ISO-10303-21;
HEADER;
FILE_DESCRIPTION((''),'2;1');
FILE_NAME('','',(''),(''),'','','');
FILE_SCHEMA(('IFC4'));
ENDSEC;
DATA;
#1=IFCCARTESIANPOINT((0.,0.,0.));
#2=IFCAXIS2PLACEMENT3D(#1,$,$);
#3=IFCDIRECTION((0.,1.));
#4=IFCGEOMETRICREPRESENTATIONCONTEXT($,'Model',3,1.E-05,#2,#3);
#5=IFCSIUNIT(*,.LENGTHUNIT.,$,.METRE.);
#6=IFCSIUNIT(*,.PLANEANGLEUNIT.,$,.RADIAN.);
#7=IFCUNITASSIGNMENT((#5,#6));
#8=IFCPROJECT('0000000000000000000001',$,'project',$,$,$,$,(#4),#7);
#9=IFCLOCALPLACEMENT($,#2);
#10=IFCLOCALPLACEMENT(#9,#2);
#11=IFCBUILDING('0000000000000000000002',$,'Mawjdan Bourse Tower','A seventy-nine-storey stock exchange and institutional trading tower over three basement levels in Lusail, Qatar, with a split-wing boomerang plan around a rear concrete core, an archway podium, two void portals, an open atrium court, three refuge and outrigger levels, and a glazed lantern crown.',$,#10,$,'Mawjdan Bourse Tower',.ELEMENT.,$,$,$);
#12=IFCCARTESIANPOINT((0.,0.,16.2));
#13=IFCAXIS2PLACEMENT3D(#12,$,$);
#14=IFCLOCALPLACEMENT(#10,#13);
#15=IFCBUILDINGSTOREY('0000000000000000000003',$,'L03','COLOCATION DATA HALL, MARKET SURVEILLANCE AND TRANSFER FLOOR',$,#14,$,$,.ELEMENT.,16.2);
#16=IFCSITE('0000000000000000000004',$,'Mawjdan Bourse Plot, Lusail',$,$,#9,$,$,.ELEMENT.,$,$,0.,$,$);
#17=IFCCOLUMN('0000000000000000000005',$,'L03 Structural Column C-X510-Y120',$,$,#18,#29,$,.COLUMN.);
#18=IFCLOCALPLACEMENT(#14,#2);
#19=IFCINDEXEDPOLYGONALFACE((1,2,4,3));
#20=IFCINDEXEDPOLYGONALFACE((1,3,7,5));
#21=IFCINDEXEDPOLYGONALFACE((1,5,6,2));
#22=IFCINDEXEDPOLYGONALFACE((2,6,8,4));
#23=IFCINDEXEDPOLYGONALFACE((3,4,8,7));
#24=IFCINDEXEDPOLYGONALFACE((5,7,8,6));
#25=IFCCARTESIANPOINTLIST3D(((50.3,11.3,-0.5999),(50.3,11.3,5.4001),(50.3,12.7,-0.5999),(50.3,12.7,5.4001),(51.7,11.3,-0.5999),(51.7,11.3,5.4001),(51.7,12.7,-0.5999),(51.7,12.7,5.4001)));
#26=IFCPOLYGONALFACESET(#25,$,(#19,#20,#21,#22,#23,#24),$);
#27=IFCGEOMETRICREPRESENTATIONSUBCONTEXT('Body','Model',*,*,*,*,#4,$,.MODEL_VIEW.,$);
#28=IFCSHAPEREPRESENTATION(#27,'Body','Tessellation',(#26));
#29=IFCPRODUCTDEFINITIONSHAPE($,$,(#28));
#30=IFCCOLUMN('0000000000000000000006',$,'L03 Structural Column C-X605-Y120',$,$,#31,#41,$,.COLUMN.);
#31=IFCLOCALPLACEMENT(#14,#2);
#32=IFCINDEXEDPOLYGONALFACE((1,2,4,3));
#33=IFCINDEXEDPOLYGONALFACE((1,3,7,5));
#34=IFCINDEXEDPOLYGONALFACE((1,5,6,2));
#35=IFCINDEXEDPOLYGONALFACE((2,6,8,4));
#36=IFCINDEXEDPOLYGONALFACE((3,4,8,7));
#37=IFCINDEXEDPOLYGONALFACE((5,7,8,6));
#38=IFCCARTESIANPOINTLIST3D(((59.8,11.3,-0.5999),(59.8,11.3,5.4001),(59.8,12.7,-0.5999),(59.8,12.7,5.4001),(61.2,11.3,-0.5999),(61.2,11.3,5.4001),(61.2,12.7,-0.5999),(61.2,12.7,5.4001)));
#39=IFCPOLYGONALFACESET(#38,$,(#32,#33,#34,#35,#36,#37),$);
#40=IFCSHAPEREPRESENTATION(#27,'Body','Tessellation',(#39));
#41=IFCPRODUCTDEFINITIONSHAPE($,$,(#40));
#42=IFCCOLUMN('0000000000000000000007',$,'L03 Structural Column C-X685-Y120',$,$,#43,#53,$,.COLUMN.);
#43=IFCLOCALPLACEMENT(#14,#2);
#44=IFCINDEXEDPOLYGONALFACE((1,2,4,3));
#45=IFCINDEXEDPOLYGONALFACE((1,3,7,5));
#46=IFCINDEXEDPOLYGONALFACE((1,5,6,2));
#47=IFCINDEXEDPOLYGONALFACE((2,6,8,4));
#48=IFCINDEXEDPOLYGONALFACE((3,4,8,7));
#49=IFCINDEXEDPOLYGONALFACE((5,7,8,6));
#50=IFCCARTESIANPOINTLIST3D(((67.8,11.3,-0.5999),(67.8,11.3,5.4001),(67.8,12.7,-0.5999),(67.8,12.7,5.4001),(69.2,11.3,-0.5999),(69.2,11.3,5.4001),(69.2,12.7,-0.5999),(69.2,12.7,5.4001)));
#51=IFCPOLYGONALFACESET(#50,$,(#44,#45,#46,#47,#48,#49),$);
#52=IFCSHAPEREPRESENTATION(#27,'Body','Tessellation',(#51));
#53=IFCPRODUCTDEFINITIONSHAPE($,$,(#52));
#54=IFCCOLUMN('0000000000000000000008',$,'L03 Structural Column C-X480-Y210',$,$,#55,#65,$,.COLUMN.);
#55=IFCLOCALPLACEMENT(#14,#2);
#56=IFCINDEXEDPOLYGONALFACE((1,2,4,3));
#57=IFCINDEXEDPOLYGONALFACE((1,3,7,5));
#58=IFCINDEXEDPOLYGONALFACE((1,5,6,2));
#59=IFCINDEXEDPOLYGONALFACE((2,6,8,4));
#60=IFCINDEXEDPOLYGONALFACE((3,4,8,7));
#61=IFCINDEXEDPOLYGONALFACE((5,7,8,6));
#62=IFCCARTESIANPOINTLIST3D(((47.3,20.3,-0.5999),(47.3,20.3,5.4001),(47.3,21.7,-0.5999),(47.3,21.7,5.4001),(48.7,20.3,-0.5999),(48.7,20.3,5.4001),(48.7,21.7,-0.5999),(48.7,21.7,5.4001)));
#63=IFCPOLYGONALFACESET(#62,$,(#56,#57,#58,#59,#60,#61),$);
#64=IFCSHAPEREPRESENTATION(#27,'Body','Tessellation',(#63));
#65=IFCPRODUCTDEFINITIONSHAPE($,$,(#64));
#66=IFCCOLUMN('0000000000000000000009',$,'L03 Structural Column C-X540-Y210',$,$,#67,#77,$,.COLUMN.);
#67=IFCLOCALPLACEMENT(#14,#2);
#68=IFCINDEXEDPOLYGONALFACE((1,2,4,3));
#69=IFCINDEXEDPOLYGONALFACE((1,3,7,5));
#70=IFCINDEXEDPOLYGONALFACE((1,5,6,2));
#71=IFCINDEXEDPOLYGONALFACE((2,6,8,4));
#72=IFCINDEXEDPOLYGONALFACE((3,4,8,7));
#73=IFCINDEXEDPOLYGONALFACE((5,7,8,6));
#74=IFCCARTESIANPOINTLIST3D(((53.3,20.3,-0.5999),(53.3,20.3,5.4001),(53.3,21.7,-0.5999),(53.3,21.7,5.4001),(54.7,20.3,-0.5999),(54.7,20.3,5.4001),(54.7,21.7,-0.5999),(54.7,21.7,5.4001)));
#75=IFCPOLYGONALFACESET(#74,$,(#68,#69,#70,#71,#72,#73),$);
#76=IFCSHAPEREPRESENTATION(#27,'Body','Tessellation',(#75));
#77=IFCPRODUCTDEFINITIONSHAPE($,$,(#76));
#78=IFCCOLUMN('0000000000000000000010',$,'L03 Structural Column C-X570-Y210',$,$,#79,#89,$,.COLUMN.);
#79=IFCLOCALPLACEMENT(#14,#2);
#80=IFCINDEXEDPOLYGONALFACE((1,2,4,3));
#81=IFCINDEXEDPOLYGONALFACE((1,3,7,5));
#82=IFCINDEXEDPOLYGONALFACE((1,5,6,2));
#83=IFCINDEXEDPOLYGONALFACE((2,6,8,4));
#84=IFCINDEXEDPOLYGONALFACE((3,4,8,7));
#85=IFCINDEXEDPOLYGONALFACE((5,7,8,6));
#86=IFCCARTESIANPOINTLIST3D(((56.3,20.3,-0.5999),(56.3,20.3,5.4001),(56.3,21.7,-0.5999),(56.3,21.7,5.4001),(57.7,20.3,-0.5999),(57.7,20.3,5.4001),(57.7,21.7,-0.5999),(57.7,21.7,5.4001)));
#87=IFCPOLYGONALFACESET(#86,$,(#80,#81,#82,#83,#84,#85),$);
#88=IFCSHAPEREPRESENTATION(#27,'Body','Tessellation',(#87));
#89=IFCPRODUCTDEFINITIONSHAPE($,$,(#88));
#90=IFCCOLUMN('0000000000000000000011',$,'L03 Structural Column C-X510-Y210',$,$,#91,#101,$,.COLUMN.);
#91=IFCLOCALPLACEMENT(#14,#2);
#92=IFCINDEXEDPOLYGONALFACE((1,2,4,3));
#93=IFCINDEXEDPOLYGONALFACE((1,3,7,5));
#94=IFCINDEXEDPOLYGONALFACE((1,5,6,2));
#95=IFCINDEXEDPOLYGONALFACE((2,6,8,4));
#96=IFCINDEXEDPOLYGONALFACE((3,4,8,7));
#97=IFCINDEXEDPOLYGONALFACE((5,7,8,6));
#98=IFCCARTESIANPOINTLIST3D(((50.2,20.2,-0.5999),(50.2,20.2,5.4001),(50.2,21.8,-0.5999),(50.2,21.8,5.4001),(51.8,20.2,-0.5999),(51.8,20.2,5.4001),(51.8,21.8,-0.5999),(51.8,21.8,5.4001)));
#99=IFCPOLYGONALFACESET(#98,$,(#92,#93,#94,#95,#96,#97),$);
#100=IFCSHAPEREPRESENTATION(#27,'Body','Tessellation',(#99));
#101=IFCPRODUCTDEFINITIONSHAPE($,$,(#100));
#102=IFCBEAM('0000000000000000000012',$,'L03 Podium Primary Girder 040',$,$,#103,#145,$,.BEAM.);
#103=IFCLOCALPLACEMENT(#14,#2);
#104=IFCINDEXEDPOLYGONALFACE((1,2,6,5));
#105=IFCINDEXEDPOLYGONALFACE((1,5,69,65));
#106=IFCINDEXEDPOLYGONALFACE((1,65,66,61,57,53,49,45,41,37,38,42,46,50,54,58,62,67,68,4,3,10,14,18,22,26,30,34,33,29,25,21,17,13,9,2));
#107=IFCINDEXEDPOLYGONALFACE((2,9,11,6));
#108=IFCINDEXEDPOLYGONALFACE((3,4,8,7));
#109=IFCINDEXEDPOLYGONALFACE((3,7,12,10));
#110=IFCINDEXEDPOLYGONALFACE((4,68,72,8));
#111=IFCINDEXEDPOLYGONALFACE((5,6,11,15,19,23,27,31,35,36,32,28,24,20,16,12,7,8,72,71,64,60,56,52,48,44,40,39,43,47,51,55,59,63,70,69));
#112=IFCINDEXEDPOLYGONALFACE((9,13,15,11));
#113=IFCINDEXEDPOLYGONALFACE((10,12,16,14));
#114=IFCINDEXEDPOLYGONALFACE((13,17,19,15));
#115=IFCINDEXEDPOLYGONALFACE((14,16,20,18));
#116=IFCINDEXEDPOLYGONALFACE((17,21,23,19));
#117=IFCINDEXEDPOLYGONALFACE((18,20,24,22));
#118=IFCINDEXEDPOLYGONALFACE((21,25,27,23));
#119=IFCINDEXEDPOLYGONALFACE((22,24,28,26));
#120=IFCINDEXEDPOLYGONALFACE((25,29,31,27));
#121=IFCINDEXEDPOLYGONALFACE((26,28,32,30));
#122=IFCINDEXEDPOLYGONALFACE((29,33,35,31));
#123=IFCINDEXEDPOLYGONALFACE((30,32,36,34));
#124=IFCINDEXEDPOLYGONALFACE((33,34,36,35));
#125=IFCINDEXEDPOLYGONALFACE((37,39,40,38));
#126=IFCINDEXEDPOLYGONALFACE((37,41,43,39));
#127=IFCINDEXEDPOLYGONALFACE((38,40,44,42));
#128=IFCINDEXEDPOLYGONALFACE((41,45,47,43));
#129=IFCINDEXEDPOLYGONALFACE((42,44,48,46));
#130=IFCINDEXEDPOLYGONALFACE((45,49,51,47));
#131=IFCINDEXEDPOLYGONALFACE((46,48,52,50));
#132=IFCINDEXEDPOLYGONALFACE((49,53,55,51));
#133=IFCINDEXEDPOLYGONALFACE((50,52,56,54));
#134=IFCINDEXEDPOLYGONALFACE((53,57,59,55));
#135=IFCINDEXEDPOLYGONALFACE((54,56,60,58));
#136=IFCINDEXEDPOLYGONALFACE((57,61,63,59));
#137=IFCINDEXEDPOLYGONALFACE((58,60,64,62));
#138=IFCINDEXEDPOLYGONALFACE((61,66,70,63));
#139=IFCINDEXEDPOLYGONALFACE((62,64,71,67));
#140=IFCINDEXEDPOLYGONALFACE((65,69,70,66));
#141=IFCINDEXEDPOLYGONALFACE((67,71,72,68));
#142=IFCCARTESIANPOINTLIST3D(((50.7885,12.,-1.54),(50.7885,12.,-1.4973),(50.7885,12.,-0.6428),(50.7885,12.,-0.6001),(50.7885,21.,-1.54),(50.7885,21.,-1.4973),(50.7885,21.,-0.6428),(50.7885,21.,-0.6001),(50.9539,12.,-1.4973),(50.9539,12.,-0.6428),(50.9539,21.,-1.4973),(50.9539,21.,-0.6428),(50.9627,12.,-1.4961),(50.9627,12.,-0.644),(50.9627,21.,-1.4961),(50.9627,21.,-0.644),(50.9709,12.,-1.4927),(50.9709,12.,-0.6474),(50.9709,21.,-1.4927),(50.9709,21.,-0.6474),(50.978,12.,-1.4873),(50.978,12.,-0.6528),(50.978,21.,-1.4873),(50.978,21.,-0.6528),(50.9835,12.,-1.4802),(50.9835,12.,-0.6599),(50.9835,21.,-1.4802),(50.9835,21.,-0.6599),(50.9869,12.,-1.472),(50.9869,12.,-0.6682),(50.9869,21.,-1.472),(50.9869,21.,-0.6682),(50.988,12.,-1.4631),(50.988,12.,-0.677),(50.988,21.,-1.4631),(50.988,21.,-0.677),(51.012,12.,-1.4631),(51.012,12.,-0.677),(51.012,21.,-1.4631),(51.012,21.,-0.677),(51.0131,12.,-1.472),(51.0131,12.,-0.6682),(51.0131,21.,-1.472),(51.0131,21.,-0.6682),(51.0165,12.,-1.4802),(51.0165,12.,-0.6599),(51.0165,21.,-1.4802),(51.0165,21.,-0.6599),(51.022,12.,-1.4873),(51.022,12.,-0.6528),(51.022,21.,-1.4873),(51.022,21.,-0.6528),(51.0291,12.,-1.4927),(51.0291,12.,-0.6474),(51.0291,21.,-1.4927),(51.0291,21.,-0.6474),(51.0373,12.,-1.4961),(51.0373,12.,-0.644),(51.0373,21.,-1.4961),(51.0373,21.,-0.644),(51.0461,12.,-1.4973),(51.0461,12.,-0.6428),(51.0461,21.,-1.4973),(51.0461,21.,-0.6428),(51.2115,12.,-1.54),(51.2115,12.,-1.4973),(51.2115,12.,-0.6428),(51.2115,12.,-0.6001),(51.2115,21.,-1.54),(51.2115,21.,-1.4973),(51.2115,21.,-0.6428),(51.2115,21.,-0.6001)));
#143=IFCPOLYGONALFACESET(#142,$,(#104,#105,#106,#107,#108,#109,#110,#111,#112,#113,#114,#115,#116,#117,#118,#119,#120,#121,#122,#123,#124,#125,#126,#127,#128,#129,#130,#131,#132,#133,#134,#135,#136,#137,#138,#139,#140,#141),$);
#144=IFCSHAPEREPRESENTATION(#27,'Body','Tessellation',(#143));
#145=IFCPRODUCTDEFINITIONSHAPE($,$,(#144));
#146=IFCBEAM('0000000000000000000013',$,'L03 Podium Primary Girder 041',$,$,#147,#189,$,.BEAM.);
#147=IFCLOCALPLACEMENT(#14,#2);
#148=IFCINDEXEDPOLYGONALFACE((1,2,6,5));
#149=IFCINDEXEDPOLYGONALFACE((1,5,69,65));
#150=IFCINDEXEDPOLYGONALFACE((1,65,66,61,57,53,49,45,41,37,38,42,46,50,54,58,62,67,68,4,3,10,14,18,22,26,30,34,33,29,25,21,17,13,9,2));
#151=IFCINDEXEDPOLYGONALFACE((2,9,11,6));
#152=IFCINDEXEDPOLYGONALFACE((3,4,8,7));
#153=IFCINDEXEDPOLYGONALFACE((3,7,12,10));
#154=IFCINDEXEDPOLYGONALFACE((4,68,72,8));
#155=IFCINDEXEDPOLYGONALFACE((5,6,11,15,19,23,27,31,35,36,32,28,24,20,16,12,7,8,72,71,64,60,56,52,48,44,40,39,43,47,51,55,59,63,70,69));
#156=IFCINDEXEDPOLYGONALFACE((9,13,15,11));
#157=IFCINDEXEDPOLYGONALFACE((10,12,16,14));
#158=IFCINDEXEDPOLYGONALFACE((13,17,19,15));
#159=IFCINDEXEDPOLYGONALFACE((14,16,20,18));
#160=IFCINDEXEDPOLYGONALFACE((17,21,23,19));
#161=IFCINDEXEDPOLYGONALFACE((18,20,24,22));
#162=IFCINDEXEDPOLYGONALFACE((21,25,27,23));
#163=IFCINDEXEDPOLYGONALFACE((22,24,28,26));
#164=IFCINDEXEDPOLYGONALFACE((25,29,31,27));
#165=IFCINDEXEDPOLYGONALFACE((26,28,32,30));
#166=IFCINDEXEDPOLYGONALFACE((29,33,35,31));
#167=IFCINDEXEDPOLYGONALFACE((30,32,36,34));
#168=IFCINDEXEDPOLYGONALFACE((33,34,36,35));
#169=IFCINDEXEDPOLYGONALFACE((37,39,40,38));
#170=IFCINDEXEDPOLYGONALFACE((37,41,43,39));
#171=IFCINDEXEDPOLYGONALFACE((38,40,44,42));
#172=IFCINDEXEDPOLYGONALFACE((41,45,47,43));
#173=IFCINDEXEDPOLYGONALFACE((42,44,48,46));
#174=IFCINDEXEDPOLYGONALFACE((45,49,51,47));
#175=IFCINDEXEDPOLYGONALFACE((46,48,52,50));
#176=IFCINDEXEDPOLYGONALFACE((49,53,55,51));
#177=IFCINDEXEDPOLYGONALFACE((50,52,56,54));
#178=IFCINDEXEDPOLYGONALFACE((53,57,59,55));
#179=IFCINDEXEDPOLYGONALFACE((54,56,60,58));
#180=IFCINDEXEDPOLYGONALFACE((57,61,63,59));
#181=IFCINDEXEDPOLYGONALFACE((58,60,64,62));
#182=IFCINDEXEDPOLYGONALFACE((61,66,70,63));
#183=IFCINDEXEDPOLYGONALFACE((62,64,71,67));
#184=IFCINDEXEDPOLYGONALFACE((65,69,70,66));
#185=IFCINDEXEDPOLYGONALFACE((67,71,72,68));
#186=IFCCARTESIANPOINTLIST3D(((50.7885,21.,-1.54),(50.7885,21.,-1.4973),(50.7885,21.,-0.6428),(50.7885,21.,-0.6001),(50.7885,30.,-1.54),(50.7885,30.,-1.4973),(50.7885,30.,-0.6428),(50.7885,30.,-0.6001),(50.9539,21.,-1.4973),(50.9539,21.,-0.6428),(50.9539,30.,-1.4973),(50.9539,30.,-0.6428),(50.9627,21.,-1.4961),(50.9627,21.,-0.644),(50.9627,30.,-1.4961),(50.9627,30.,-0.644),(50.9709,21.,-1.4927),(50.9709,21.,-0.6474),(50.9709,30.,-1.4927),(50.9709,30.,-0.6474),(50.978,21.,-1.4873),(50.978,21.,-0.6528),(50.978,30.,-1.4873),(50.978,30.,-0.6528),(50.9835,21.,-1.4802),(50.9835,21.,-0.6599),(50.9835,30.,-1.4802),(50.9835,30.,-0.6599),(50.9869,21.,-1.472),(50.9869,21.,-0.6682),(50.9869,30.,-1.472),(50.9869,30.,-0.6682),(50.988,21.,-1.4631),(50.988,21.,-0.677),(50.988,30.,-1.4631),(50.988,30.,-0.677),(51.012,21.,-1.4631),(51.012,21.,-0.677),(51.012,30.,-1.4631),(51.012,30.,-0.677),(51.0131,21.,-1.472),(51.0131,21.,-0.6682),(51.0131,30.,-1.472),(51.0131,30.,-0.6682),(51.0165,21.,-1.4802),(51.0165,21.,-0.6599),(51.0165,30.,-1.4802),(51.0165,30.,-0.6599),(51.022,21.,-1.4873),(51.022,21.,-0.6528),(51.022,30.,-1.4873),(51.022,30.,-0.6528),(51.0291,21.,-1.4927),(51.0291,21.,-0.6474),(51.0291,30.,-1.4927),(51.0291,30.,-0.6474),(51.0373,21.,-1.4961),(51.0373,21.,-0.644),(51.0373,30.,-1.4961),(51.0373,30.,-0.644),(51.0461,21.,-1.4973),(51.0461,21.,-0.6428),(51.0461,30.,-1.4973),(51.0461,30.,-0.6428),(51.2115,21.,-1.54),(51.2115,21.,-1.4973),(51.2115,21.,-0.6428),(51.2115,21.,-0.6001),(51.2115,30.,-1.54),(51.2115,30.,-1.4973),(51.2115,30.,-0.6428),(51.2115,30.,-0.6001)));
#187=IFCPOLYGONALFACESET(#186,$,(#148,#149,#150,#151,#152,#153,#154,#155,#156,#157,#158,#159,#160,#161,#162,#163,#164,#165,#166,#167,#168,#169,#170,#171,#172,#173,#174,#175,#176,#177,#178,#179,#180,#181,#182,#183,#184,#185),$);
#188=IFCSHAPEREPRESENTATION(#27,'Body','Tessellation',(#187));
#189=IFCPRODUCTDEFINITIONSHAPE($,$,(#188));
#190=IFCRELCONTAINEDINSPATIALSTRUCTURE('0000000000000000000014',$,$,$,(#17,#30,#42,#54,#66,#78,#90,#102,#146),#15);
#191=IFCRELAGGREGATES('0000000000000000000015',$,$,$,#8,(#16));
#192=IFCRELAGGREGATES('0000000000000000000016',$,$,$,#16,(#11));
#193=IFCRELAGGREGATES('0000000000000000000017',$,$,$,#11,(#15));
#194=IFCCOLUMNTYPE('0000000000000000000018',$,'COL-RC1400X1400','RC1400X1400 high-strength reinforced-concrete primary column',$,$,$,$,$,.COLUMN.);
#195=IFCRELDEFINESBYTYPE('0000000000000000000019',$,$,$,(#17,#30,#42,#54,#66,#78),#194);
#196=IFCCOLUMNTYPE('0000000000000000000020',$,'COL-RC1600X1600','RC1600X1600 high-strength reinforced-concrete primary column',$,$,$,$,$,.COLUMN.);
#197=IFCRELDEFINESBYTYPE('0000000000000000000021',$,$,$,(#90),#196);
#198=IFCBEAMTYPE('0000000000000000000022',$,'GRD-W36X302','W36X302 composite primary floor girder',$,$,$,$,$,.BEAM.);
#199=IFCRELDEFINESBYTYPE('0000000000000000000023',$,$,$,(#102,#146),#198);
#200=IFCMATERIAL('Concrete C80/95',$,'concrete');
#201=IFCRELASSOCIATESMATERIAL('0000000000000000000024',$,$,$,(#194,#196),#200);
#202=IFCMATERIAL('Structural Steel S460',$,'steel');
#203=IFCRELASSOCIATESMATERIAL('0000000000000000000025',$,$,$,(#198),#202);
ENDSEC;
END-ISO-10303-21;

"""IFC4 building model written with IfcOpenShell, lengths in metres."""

from ifc_helpers import new_model, si_unit, direction, frame, origin, origin_2d, place, context, subcontext, project, spatial, rectangle, i_section, extrude, material, material_profile, profile_set, type_object, element, save


model = new_model("IFC4")

# Units and contexts
model_context = context("Model", 3, precision=1e-05, world=origin(), true_north=direction((0.0, 1.0)))
body_context = subcontext(model_context, "Body", "Model", "MODEL_VIEW")
ifc_project = project(units=[si_unit("LENGTHUNIT", "METRE"), si_unit("PLANEANGLEUNIT", "RADIAN")], contexts=[model_context])

# Site, building, storey
site_placement = place(None, origin())
site = spatial("IfcSite", under=ifc_project, at=site_placement, Name="Mawjdan Bourse Plot, Lusail", CompositionType="ELEMENT", RefElevation=0.0)
building_placement = place(site_placement, origin())
building = spatial("IfcBuilding", under=site, at=building_placement, Name="Mawjdan Bourse Tower", Description="A seventy-nine-storey stock exchange and institutional trading tower over three basement levels in Lusail, Qatar, with a split-wing boomerang plan around a rear concrete core, an archway podium, two void portals, an open atrium court, three refuge and outrigger levels, and a glazed lantern crown.", LongName="Mawjdan Bourse Tower", CompositionType="ELEMENT")
storey_placement = place(building_placement, frame((0.0, 0.0, 16.2)))
storey = spatial("IfcBuildingStorey", under=building, at=storey_placement, Name="L03", Description="COLOCATION DATA HALL, MARKET SURVEILLANCE AND TRANSFER FLOOR", CompositionType="ELEMENT", Elevation=16.2)

# Columns
ifc_material_1 = material(Name="Concrete C80/95", Category="concrete")
ifc_material_profile_1 = material_profile(ifc_material_1, rectangle(XDim=1.3999, YDim=1.3999, at=origin_2d()), Name="RC1400X1400")
ifc_profile_set_1 = profile_set([ifc_material_profile_1], Name="Concrete C80/95")
column_type_1 = type_object("IfcColumnType", Name="COL-RC1400X1400", Description="RC1400X1400 high-strength reinforced-concrete primary column", PredefinedType="COLUMN", material=ifc_profile_set_1)
for number, where, z_axis, x_axis, name in (
    (1, (51.0, 12.0, -0.5999), (0.0, 0.0, 1.0), (1.0, 0.0, 0.0), "L03 Structural Column C-X510-Y120"),
    (2, (60.5, 12.0, -0.5999), (0.0, 0.0, 1.0), (1.0, 0.0, 0.0), "L03 Structural Column C-X605-Y120"),
    (3, (68.5, 12.0, -0.5999), (0.0, 0.0, 1.0), (1.0, 0.0, 0.0), "L03 Structural Column C-X685-Y120"),
    (4, (48.0, 21.0, -0.5999), (0.0, 0.0, 1.0), (1.0, 0.0, 0.0), "L03 Structural Column C-X480-Y210"),
    (5, (54.0, 21.0, -0.5999), (0.0, 0.0, 1.0), (1.0, 0.0, 0.0), "L03 Structural Column C-X540-Y210"),
    (6, (57.0, 21.0, -0.5999), (0.0, 0.0, 1.0), (1.0, 0.0, 0.0), "L03 Structural Column C-X570-Y210"),
):
    element("IfcColumn", number, at=place(storey_placement, frame(where, z_axis=z_axis, x_axis=x_axis)), inside=storey, type_object=column_type_1, Name=name, PredefinedType="COLUMN", context=body_context, shape_type="SweptSolid", body=[
        extrude(rectangle(XDim=1.3999, YDim=1.3999, at=origin_2d()), origin(), (0.0, 0.0, 1.0), 6.0),
    ])
ifc_material_profile_2 = material_profile(ifc_material_1, rectangle(XDim=1.6001, YDim=1.6001, at=origin_2d()), Name="RC1600X1600")
ifc_profile_set_2 = profile_set([ifc_material_profile_2], Name="Concrete C80/95")
column_type_2 = type_object("IfcColumnType", Name="COL-RC1600X1600", Description="RC1600X1600 high-strength reinforced-concrete primary column", PredefinedType="COLUMN", material=ifc_profile_set_2)
column_placement = place(storey_placement, frame((51.0, 21.0, -0.5999), z_axis=(0.0, 0.0, 1.0), x_axis=(1.0, 0.0, 0.0)))
element("IfcColumn", 7, at=column_placement, inside=storey, type_object=column_type_2, Name="L03 Structural Column C-X510-Y210", PredefinedType="COLUMN", context=body_context, shape_type="SweptSolid", body=[
    extrude(rectangle(XDim=1.6001, YDim=1.6001, at=origin_2d()), origin(), (0.0, 0.0, 1.0), 6.0),
])

# Beams
ifc_material_2 = material(Name="Structural Steel S460", Category="steel")
ifc_material_profile_3 = material_profile(ifc_material_2, i_section(OverallWidth=0.4231, OverallDepth=0.9399, WebThickness=0.0239, FlangeThickness=0.0427, FilletRadius=0.0342, at=origin_2d()), Name="W36X302")
ifc_profile_set_3 = profile_set([ifc_material_profile_3], Name="Structural Steel S460")
beam_type_1 = type_object("IfcBeamType", Name="GRD-W36X302", Description="W36X302 composite primary floor girder", PredefinedType="BEAM", material=ifc_profile_set_3)
for number, where, z_axis, x_axis, name in (
    (8, (51.0, 12.0, -1.0701), (0.0, 1.0, 0.0), (-1.0, 0.0, 0.0), "L03 Podium Primary Girder 040"),
    (9, (51.0, 21.0, -1.0701), (0.0, 1.0, 0.0), (-1.0, 0.0, 0.0), "L03 Podium Primary Girder 041"),
):
    element("IfcBeam", number, at=place(storey_placement, frame(where, z_axis=z_axis, x_axis=x_axis)), inside=storey, type_object=beam_type_1, Name=name, PredefinedType="BEAM", context=body_context, shape_type="SweptSolid", body=[
        extrude(i_section(OverallWidth=0.4231, OverallDepth=0.9399, WebThickness=0.0239, FlangeThickness=0.0427, FilletRadius=0.0342, at=origin_2d()), origin(), (0.0, 0.0, 1.0), 9.0),
    ])

save(model, "model.ifc")
